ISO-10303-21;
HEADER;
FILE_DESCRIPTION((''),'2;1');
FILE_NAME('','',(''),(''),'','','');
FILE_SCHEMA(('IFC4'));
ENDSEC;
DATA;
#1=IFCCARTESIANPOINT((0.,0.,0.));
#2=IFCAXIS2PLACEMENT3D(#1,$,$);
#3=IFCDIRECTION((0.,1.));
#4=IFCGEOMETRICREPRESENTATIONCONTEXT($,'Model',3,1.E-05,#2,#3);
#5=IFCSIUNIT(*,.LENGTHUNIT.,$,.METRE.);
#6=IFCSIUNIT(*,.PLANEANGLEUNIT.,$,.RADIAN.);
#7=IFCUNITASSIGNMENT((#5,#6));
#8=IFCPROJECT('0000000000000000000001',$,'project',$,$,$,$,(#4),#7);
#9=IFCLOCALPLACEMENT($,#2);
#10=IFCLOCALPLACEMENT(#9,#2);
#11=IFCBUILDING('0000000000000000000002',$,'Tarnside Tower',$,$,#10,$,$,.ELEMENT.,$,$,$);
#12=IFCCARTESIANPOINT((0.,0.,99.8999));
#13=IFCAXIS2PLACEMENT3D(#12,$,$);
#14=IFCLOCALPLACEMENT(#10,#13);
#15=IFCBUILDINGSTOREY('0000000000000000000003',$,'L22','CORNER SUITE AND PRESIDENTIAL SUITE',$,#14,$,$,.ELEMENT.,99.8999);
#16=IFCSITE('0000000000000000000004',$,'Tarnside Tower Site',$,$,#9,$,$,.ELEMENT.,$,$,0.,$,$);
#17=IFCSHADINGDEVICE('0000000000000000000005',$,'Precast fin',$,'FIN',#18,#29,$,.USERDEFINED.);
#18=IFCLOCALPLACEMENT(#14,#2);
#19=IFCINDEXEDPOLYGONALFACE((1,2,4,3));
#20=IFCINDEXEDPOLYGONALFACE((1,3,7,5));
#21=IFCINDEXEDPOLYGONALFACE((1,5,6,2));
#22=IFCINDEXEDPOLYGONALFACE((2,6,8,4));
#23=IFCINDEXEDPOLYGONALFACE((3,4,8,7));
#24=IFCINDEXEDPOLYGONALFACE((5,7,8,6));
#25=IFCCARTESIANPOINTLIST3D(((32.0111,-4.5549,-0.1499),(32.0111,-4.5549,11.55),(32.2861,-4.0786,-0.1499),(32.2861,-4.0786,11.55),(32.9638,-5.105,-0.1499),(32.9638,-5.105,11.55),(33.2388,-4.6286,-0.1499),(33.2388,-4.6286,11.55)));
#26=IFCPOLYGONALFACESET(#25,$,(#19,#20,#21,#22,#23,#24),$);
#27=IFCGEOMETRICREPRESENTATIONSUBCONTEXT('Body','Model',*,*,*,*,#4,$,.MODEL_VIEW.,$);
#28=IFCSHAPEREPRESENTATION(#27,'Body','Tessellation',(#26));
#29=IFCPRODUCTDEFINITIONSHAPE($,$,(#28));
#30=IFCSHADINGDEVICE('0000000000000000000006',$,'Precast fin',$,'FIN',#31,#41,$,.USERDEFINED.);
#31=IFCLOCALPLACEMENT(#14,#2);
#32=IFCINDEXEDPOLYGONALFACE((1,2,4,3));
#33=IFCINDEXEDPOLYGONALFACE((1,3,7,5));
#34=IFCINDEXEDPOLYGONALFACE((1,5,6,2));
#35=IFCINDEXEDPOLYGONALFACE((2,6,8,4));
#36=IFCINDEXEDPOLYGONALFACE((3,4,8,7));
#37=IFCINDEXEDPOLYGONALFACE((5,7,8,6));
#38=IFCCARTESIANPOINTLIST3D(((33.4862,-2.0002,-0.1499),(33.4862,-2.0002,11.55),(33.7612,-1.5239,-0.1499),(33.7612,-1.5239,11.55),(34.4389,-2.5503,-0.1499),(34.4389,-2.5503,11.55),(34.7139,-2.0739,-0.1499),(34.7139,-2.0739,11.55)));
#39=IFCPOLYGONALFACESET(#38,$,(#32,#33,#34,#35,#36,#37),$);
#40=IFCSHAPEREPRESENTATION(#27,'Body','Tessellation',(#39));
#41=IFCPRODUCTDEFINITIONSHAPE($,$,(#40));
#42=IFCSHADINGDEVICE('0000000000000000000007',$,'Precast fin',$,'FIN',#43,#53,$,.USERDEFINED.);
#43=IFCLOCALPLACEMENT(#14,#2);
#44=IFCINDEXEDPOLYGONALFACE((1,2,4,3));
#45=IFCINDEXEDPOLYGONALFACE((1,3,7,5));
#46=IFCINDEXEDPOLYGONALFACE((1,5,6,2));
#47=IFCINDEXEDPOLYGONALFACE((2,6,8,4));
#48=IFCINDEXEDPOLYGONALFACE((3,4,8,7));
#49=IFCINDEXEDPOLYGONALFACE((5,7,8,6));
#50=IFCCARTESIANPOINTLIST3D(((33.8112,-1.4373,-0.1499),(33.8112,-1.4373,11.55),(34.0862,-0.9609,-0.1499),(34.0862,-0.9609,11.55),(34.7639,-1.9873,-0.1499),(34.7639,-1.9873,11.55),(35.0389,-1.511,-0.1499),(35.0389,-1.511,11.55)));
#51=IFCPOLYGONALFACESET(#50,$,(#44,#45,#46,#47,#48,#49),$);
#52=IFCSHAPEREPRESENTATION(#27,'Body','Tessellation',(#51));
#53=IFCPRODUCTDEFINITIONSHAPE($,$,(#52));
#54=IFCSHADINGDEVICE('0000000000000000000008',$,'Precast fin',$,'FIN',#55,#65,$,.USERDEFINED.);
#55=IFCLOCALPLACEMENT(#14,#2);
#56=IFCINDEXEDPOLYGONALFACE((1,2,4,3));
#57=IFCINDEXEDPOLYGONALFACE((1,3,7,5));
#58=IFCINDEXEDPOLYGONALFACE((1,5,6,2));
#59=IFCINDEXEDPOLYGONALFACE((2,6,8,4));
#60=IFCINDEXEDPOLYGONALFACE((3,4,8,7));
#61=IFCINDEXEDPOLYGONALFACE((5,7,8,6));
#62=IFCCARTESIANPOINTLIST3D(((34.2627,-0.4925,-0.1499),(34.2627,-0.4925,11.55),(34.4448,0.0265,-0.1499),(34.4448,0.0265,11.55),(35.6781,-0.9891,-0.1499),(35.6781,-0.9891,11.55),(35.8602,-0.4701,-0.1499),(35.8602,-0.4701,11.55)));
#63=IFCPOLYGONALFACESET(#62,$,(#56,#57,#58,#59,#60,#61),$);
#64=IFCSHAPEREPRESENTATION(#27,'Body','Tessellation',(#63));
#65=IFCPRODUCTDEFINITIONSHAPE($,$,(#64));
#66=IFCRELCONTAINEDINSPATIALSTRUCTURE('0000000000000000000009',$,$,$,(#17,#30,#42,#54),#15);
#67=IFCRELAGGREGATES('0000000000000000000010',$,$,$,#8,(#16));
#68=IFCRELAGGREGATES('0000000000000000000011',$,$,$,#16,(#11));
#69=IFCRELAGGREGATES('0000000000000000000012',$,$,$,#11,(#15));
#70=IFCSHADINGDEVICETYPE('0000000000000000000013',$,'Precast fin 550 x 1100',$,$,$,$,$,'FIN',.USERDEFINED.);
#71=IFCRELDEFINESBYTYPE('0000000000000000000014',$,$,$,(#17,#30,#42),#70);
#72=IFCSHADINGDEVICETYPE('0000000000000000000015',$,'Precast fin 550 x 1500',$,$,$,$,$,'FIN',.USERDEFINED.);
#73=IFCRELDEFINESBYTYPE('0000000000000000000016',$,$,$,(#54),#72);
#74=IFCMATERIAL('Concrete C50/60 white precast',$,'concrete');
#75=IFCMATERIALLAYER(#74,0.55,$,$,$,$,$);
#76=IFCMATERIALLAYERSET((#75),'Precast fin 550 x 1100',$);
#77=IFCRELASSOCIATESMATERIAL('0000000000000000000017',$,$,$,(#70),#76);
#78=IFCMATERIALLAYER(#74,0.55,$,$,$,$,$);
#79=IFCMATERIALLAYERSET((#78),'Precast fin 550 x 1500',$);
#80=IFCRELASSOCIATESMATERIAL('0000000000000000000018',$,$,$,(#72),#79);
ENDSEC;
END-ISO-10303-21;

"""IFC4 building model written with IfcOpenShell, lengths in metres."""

from ifc_helpers import new_model, si_unit, direction, frame, origin, place, context, subcontext, project, spatial, polyline, outline, extrude, material, layer, layer_set, type_object, element, save


model = new_model("IFC4")

# Units and contexts
model_context = context("Model", 3, precision=1e-05, world=origin(), true_north=direction((0.0, 1.0)))
body_context = subcontext(model_context, "Body", "Model", "MODEL_VIEW")
ifc_project = project(units=[si_unit("LENGTHUNIT", "METRE"), si_unit("PLANEANGLEUNIT", "RADIAN")], contexts=[model_context])

# Site, building, storey
site_placement = place(None, origin())
site = spatial("IfcSite", under=ifc_project, at=site_placement, Name="Tarnside Tower Site", CompositionType="ELEMENT", RefElevation=0.0)
building_placement = place(site_placement, origin())
building = spatial("IfcBuilding", under=site, at=building_placement, Name="Tarnside Tower", CompositionType="ELEMENT")
storey_placement = place(building_placement, frame((0.0, 0.0, 99.8999)))
storey = spatial("IfcBuildingStorey", under=building, at=storey_placement, Name="L22", Description="CORNER SUITE AND PRESIDENTIAL SUITE", CompositionType="ELEMENT", Elevation=99.8999)

# Shading devices
ifc_material_1 = material(Name="Concrete C50/60 white precast", Category="concrete")
ifc_layer_1 = layer(ifc_material_1, 0.55)
ifc_layer_set_1 = layer_set([ifc_layer_1], Name="Precast fin 550 x 1100")
shading_device_type_1 = type_object("IfcShadingDeviceType", Name="Precast fin 550 x 1100", ElementType="FIN", PredefinedType="USERDEFINED", material=ifc_layer_set_1)
for number, where, z_axis, x_axis, name in (
    (1, (32.1487, -4.3167, -0.1499), (-0.5, -0.866025, 0.0), (0.866025, -0.5, 0.0), "Precast fin"),
    (2, (33.6238, -1.762, -0.1499), (-0.5, -0.866025, 0.0), (0.866025, -0.5, 0.0), "Precast fin"),
    (3, (33.9487, -1.199, -0.1499), (-0.5, -0.866025, 0.0), (0.866025, -0.5, 0.0), "Precast fin"),
):
    element("IfcShadingDevice", number, at=place(storey_placement, frame(where, z_axis=z_axis, x_axis=x_axis)), inside=storey, type_object=shading_device_type_1, Name=name, ObjectType="FIN", PredefinedType="USERDEFINED", context=body_context, shape_type="SweptSolid", body=[
        extrude(outline(polyline([(0.0, 0.0), (1.1001, 0.0), (1.1001, 11.7), (0.0, 11.7), (0.0, 0.0)])), frame((0.0, 0.0, -0.2749)), (0.0, 0.0, 1.0), 0.55),
    ])
ifc_layer_2 = layer(ifc_material_1, 0.55)
ifc_layer_set_2 = layer_set([ifc_layer_2], Name="Precast fin 550 x 1500")
shading_device_type_2 = type_object("IfcShadingDeviceType", Name="Precast fin 550 x 1500", ElementType="FIN", PredefinedType="USERDEFINED", material=ifc_layer_set_2)
shading_device_placement = place(storey_placement, frame((34.3538, -0.2329, -0.1499), z_axis=(-0.331063, -0.943609, 0.0), x_axis=(0.943609, -0.331063, 0.0)))
element("IfcShadingDevice", 4, at=shading_device_placement, inside=storey, type_object=shading_device_type_2, Name="Precast fin", ObjectType="FIN", PredefinedType="USERDEFINED", context=body_context, shape_type="SweptSolid", body=[
    extrude(outline(polyline([(0.0, 0.0), (1.5, 0.0), (1.5, 11.7), (0.0, 11.7), (0.0, 0.0)])), frame((0.0, 0.0, -0.2749)), (0.0, 0.0, 1.0), 0.55),
])

save(model, "model.ifc")
